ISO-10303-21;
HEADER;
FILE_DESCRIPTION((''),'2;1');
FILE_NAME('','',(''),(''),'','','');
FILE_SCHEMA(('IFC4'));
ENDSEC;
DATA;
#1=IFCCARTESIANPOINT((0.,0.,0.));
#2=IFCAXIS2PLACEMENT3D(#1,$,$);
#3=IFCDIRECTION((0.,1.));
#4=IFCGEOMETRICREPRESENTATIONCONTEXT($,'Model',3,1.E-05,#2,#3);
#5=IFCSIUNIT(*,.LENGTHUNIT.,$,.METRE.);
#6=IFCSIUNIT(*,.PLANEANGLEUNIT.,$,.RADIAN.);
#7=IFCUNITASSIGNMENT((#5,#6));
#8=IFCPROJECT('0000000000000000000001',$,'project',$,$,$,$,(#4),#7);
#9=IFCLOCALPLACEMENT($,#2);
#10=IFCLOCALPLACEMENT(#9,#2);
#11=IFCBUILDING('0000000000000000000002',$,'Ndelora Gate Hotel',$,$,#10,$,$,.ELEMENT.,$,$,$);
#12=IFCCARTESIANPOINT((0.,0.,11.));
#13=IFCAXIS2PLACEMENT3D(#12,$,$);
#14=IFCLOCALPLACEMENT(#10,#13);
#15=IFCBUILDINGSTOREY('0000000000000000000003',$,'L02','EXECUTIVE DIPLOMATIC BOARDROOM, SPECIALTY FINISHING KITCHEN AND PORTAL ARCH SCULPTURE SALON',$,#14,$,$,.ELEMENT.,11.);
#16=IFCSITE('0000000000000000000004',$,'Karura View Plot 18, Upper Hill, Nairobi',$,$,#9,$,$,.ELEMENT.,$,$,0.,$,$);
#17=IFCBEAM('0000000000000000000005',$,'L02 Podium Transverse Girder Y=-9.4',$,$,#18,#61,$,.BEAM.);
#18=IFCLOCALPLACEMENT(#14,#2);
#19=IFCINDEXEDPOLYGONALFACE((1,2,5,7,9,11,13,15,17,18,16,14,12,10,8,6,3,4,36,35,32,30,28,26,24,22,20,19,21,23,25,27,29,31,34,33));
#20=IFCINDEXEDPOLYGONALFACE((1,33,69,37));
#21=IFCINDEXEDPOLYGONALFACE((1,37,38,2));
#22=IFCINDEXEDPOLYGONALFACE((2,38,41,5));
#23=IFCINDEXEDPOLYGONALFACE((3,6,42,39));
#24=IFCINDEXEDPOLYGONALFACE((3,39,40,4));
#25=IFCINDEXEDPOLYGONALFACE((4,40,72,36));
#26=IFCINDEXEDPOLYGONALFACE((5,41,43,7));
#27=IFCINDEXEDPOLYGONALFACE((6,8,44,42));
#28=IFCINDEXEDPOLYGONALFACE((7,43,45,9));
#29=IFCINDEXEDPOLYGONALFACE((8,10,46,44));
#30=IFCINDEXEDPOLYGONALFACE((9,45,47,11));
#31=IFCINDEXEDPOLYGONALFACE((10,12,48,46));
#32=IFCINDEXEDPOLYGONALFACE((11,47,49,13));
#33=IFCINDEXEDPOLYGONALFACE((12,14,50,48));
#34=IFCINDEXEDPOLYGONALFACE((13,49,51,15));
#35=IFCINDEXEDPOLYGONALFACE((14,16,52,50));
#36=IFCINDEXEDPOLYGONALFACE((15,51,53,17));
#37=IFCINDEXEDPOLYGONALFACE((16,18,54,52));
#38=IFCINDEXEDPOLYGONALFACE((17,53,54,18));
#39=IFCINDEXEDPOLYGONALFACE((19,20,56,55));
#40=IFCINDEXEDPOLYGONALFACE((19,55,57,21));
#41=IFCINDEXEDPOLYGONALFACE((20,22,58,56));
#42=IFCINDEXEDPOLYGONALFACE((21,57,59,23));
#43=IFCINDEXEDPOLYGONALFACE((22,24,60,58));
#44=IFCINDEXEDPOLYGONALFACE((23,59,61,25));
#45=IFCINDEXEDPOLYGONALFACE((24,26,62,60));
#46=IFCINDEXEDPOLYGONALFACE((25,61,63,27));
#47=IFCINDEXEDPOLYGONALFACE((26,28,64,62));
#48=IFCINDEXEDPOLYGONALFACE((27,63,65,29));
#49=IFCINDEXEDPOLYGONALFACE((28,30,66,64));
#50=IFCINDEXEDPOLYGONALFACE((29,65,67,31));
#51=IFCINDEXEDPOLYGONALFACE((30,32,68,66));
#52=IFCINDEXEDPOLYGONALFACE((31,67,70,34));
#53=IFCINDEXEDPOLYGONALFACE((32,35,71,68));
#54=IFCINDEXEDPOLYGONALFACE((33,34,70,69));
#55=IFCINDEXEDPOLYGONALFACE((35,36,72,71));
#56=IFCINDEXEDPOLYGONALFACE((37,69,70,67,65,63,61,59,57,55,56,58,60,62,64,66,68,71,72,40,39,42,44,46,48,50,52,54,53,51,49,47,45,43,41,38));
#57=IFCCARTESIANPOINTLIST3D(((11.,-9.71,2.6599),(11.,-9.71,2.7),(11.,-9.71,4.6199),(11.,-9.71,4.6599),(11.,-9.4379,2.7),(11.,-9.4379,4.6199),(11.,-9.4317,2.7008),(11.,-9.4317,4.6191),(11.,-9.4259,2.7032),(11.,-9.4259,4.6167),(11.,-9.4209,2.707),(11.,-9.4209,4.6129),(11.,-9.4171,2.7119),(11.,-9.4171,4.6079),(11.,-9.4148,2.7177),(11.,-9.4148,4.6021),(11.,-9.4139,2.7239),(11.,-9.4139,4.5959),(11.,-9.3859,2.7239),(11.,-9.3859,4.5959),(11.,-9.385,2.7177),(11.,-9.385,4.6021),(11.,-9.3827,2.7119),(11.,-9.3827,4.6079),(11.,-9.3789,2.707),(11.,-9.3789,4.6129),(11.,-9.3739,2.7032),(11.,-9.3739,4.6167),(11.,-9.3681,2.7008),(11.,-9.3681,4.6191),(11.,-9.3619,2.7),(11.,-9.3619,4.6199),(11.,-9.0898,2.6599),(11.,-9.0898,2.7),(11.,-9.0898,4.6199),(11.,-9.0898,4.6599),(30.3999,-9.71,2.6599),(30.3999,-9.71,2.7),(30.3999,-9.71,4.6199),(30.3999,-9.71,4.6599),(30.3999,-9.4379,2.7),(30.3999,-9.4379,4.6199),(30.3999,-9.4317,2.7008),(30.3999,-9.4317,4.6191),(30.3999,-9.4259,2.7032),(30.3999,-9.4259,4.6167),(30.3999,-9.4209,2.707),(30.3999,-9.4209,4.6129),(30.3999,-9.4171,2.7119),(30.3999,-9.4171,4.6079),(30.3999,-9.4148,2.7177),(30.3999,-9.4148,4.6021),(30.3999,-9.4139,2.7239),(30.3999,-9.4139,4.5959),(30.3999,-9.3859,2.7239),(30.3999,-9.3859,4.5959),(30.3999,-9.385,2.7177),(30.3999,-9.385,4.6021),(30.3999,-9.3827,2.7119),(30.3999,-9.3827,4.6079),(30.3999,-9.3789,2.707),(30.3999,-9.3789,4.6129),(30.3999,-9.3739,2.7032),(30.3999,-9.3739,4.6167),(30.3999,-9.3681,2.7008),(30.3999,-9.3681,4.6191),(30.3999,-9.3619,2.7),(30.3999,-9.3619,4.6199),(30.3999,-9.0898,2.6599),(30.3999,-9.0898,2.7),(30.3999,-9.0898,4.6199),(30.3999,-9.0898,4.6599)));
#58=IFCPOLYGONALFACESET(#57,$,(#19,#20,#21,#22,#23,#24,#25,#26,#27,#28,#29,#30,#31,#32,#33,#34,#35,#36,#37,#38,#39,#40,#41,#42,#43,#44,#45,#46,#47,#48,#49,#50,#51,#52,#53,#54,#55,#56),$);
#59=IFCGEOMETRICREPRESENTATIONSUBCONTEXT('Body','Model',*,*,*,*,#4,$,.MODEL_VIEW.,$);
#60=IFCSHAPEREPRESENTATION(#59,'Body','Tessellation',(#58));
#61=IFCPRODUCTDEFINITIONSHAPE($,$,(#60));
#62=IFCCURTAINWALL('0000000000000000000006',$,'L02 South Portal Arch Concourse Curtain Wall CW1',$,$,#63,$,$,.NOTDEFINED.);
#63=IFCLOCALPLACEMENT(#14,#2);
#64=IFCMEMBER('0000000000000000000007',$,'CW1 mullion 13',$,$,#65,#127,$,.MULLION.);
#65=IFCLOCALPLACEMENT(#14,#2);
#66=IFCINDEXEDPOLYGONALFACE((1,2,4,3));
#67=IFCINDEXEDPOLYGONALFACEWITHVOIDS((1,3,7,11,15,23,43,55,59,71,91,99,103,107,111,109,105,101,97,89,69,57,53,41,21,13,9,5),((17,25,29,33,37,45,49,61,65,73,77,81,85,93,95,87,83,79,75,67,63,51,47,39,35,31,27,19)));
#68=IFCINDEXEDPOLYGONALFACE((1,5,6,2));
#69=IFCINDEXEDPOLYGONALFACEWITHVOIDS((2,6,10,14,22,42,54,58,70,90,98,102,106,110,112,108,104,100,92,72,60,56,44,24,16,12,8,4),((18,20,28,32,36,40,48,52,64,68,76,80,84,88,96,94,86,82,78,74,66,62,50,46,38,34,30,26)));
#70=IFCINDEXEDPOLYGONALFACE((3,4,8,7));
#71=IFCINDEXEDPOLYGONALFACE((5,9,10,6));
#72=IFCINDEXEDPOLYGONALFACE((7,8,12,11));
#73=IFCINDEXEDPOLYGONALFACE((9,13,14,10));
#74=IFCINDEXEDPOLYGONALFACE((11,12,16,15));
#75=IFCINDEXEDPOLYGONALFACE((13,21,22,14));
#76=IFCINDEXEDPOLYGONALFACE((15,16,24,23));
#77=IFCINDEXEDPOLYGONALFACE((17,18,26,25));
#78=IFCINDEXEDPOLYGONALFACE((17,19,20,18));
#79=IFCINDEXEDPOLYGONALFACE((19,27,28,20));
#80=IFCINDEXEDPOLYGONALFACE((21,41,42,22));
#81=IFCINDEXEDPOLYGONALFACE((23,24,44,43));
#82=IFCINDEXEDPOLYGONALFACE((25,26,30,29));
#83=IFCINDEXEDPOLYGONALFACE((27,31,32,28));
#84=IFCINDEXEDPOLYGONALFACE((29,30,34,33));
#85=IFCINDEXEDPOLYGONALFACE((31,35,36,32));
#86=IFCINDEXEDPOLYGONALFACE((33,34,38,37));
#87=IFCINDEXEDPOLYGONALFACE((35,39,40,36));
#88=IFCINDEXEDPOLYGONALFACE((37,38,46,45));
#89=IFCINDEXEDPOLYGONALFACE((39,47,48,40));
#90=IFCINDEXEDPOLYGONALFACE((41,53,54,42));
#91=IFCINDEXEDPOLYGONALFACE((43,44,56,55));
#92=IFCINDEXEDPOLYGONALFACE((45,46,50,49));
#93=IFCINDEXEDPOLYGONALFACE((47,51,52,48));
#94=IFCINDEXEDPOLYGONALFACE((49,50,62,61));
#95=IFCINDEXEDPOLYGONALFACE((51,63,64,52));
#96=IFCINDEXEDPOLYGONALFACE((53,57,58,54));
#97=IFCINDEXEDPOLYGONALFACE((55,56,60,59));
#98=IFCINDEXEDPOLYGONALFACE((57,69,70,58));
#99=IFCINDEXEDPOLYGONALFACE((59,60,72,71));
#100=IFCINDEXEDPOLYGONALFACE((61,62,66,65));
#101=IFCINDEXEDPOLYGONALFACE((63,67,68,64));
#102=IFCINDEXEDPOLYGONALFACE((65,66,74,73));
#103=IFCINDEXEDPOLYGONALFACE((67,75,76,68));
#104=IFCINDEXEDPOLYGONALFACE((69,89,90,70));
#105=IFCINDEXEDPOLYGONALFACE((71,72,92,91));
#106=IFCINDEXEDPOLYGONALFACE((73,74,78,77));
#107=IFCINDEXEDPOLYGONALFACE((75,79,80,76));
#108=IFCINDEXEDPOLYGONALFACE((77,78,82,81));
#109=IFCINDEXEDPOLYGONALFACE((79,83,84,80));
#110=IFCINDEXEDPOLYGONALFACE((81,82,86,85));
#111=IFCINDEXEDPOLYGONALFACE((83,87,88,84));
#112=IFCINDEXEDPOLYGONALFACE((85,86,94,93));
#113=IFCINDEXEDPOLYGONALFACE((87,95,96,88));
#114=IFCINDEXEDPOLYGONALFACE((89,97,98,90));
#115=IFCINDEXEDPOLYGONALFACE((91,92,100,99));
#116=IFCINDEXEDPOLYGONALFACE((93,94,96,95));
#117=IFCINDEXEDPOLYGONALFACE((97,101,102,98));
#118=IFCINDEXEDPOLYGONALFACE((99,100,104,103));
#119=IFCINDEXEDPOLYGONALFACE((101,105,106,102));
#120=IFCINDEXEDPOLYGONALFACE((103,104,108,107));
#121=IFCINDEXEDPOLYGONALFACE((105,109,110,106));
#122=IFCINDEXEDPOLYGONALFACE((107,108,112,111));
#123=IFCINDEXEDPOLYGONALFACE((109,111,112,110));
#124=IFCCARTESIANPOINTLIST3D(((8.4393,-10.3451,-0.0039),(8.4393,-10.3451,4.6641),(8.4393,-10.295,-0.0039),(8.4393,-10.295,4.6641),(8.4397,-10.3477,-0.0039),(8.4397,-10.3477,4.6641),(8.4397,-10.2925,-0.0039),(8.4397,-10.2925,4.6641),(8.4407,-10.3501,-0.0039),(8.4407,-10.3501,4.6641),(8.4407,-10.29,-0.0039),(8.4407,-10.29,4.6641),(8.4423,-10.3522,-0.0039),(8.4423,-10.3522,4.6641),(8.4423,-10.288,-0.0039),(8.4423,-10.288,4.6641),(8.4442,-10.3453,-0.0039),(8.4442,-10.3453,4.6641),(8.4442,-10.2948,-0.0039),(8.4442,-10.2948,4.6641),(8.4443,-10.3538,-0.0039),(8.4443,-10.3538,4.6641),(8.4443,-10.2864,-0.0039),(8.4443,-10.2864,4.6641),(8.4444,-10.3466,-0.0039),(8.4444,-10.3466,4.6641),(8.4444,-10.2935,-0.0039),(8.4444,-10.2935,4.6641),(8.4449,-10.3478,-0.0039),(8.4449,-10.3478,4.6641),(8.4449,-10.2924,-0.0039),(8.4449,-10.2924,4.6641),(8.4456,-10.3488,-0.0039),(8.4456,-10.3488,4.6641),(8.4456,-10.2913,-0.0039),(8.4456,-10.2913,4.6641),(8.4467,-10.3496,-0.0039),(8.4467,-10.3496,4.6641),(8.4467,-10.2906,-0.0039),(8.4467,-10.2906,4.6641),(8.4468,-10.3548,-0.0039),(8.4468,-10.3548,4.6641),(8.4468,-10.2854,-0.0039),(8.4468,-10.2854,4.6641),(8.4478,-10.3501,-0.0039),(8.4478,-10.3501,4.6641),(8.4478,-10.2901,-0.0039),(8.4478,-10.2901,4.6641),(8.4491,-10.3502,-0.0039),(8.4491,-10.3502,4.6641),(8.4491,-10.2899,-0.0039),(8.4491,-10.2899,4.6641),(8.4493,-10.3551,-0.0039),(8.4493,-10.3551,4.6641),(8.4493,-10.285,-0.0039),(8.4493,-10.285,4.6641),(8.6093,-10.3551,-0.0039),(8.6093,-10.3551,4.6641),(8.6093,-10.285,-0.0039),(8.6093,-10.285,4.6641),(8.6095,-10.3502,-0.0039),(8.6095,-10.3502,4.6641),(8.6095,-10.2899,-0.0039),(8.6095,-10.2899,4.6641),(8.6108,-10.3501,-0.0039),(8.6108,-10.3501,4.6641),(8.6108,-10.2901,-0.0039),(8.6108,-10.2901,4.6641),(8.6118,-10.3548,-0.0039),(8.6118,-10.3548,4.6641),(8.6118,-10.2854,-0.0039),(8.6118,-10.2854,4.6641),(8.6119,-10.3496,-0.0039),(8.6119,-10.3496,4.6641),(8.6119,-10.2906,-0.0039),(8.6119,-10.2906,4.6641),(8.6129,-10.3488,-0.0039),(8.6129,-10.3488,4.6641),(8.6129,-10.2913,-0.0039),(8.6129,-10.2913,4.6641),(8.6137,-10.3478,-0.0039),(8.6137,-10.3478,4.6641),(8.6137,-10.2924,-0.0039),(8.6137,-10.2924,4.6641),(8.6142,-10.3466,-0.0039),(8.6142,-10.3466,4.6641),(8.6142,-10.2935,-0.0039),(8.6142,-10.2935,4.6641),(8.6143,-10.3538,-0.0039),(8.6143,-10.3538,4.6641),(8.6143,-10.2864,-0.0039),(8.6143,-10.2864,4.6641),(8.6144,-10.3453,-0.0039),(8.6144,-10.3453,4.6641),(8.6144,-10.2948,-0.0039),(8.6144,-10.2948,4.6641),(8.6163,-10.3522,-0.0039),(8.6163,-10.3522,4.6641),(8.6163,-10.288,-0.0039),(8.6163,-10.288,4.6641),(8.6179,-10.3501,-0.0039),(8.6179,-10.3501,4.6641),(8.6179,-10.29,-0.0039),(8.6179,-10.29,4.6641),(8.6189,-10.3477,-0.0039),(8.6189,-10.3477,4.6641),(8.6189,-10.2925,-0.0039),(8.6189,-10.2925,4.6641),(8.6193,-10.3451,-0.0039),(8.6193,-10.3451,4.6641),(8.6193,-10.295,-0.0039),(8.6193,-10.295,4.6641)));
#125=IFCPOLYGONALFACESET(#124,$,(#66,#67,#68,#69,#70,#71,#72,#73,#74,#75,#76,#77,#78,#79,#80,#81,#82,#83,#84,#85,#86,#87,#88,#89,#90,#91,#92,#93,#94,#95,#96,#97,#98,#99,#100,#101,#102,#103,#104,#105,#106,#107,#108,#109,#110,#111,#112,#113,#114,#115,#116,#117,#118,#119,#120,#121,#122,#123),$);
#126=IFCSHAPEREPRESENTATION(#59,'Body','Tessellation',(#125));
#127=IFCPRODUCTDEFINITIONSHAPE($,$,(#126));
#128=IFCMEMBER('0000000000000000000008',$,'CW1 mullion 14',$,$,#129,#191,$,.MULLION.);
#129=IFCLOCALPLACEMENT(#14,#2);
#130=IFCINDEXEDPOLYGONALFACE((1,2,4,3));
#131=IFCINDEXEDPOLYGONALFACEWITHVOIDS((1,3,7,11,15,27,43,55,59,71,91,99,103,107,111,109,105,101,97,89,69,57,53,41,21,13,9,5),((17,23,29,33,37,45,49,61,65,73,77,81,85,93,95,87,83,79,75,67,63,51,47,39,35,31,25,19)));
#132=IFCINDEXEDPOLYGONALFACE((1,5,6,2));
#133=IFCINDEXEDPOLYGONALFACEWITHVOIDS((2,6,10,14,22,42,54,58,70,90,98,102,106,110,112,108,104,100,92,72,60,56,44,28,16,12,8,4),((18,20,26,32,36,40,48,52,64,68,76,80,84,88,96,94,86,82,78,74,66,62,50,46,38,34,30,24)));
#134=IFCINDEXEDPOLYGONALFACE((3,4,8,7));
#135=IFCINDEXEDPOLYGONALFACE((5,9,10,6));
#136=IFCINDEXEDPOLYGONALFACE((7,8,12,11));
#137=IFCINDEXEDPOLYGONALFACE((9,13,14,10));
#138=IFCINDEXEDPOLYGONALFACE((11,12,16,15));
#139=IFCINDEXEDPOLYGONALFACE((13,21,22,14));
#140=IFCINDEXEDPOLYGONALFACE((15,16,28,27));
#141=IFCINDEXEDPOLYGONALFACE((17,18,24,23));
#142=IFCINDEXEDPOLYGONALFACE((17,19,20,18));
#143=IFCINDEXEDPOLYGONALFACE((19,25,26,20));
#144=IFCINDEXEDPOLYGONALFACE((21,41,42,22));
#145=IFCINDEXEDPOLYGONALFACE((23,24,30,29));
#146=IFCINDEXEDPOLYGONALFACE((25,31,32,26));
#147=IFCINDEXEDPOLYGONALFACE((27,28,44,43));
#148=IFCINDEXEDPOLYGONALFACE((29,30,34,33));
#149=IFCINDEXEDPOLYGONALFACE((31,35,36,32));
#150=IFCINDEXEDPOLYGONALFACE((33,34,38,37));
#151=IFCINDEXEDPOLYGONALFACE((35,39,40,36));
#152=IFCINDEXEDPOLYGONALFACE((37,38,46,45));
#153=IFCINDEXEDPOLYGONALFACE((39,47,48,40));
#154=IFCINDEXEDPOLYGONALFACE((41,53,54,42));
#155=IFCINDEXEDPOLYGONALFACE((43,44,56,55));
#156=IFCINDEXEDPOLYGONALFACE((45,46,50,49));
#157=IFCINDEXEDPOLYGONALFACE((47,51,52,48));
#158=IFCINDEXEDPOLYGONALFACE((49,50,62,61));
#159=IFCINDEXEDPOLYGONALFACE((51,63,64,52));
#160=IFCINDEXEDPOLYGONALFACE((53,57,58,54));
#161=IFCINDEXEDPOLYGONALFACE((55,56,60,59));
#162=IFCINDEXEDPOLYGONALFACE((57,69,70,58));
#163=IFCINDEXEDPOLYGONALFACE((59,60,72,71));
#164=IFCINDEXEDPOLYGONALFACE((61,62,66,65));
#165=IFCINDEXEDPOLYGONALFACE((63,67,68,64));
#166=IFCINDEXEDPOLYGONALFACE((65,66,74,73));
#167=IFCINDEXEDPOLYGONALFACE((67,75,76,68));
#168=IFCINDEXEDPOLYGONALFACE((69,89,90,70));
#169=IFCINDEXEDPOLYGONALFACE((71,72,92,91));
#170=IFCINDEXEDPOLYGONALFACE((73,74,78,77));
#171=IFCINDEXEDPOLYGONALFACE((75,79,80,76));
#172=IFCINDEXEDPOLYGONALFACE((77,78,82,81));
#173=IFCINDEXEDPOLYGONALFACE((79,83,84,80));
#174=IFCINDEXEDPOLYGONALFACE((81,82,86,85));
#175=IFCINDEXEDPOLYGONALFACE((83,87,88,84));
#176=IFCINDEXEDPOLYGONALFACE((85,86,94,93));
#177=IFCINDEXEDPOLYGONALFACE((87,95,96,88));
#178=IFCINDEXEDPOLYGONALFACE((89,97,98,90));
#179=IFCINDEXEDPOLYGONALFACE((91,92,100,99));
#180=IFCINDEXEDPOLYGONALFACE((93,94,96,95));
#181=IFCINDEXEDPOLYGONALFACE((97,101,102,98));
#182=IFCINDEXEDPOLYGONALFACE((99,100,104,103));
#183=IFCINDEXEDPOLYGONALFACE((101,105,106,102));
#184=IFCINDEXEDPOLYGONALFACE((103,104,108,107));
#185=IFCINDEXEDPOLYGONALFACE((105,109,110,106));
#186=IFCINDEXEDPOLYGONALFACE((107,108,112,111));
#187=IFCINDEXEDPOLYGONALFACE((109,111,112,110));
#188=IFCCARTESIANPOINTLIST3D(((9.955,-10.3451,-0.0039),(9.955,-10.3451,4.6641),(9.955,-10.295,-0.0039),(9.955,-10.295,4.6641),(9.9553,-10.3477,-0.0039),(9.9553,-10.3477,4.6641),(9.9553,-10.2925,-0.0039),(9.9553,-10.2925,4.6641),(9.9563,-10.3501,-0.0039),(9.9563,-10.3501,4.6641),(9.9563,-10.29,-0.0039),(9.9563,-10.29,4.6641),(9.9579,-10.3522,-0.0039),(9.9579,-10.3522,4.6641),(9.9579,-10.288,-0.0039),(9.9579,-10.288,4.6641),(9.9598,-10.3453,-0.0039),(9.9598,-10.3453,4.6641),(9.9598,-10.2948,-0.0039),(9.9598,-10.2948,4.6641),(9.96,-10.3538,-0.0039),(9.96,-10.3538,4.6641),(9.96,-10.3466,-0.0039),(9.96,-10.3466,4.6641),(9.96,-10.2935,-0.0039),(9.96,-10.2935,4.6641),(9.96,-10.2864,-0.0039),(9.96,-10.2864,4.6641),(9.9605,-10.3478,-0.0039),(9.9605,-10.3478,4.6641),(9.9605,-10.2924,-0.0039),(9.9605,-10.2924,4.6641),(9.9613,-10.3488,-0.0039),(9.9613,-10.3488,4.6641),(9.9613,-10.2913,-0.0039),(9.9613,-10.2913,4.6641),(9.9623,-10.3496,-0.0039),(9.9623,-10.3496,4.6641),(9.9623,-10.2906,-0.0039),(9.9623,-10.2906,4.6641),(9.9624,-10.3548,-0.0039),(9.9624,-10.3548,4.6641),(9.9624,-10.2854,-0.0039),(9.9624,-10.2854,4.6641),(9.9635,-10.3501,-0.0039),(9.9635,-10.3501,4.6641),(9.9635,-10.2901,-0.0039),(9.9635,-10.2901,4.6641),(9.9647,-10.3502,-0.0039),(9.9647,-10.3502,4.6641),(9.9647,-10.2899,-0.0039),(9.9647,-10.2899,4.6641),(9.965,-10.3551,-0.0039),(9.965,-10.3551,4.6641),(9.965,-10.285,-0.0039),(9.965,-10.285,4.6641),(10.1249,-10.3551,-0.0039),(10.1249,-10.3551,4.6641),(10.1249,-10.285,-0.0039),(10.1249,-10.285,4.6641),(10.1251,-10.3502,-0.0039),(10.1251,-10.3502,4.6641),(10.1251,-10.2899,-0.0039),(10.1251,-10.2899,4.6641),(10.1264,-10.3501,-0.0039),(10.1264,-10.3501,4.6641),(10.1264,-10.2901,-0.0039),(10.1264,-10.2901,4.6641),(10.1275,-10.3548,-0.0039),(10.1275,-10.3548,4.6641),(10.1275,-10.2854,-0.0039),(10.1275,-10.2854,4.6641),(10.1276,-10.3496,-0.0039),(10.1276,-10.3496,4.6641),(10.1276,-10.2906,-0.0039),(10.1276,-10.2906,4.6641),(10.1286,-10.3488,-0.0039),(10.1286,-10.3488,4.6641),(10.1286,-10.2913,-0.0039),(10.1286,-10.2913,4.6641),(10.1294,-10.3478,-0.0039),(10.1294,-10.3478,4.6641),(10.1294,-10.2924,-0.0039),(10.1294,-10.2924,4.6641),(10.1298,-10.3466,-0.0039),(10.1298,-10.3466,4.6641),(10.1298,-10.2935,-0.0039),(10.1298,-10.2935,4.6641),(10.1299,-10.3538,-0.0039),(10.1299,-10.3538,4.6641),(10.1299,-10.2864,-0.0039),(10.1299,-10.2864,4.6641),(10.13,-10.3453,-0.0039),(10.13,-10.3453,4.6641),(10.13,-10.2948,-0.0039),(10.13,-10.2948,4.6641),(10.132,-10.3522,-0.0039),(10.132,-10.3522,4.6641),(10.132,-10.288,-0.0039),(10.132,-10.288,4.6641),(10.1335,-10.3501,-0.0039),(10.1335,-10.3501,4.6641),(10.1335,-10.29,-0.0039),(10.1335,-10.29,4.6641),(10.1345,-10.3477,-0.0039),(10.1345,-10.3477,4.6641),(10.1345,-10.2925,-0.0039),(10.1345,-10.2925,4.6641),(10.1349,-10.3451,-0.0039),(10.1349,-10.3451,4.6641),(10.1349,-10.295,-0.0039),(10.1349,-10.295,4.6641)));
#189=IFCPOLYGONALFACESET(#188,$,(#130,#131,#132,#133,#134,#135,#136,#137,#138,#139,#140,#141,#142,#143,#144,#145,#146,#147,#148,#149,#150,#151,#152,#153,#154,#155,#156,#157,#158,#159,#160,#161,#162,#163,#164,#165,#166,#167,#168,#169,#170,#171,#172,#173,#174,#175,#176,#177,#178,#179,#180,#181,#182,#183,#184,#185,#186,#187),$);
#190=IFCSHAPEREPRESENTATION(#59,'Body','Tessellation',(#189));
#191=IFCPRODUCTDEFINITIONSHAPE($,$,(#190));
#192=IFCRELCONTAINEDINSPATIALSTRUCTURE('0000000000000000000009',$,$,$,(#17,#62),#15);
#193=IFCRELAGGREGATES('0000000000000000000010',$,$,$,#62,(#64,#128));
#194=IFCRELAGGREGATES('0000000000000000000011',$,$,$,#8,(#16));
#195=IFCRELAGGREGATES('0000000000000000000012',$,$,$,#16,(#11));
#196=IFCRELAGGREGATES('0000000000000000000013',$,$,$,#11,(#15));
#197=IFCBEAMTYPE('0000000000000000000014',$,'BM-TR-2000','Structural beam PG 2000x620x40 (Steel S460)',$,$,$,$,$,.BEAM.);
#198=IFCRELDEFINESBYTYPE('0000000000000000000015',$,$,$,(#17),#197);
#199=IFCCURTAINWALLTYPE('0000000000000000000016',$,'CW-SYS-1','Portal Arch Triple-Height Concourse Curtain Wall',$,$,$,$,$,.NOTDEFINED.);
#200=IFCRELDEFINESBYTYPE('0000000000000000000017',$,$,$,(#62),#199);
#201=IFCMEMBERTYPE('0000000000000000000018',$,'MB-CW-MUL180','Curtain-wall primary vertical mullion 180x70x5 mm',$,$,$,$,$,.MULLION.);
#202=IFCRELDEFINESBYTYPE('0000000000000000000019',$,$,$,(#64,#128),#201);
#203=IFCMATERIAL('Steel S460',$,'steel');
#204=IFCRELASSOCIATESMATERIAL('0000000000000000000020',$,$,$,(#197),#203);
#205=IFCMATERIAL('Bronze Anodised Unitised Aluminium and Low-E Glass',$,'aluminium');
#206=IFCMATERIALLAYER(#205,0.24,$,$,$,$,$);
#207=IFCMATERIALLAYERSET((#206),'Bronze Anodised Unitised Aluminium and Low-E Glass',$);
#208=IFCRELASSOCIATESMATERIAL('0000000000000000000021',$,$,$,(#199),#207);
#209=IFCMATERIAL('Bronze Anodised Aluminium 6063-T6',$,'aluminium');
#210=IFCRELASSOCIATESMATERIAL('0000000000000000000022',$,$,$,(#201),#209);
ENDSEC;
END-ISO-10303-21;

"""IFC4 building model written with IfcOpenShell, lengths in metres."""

from ifc_helpers import new_model, si_unit, direction, frame, origin, origin_2d, place, context, subcontext, project, spatial, hollow_rectangle, i_section, extrude, material, layer, layer_set, material_profile, profile_set, type_object, element, aggregate, save


model = new_model("IFC4")

# Units and contexts
model_context = context("Model", 3, precision=1e-05, world=origin(), true_north=direction((0.0, 1.0)))
body_context = subcontext(model_context, "Body", "Model", "MODEL_VIEW")
ifc_project = project(units=[si_unit("LENGTHUNIT", "METRE"), si_unit("PLANEANGLEUNIT", "RADIAN")], contexts=[model_context])

# Site, building, storey
site_placement = place(None, origin())
site = spatial("IfcSite", under=ifc_project, at=site_placement, Name="Karura View Plot 18, Upper Hill, Nairobi", CompositionType="ELEMENT", RefElevation=0.0)
building_placement = place(site_placement, origin())
building = spatial("IfcBuilding", under=site, at=building_placement, Name="Ndelora Gate Hotel", CompositionType="ELEMENT")
storey_placement = place(building_placement, frame((0.0, 0.0, 11.0)))
storey = spatial("IfcBuildingStorey", under=building, at=storey_placement, Name="L02", Description="EXECUTIVE DIPLOMATIC BOARDROOM, SPECIALTY FINISHING KITCHEN AND PORTAL ARCH SCULPTURE SALON", CompositionType="ELEMENT", Elevation=11.0)

# Beam
ifc_material_1 = material(Name="Steel S460", Category="steel")
ifc_material_profile_1 = material_profile(ifc_material_1, i_section(OverallWidth=0.6201, OverallDepth=2.0, WebThickness=0.0281, FlangeThickness=0.04, FilletRadius=0.0239, at=origin_2d()), Name="PG 2000x620x40")
ifc_profile_set_1 = profile_set([ifc_material_profile_1], Name="Steel S460")
beam_type_1 = type_object("IfcBeamType", Name="BM-TR-2000", Description="Structural beam PG 2000x620x40 (Steel S460)", PredefinedType="BEAM", material=ifc_profile_set_1)
beam_1_placement = place(storey_placement, frame((11.0, -9.3999, 3.6599), z_axis=(1.0, 0.0, 0.0), x_axis=(0.0, 1.0, 0.0)))
element("IfcBeam", 1, at=beam_1_placement, inside=storey, type_object=beam_type_1, Name="L02 Podium Transverse Girder Y=-9.4", PredefinedType="BEAM", context=body_context, shape_type="SweptSolid", body=[
    extrude(i_section(OverallWidth=0.6201, OverallDepth=2.0, WebThickness=0.0281, FlangeThickness=0.04, FilletRadius=0.0239, at=origin_2d()), origin(), (0.0, 0.0, 1.0), 19.3999),
])

# Curtain wall, members
ifc_material_2 = material(Name="Bronze Anodised Unitised Aluminium and Low-E Glass", Category="aluminium")
ifc_layer_1 = layer(ifc_material_2, 0.24)
ifc_layer_set_1 = layer_set([ifc_layer_1], Name="Bronze Anodised Unitised Aluminium and Low-E Glass")
curtain_wall_type = type_object("IfcCurtainWallType", Name="CW-SYS-1", Description="Portal Arch Triple-Height Concourse Curtain Wall", PredefinedType="NOTDEFINED", material=ifc_layer_set_1)
curtain_wall_placement = place(storey_placement, origin())
curtain_wall = element("IfcCurtainWall", 2, at=curtain_wall_placement, inside=storey, type_object=curtain_wall_type, Name="L02 South Portal Arch Concourse Curtain Wall CW1", PredefinedType="NOTDEFINED")
ifc_material_3 = material(Name="Bronze Anodised Aluminium 6063-T6", Category="aluminium")
ifc_material_profile_2 = material_profile(ifc_material_3, hollow_rectangle(XDim=0.0701, YDim=0.1799, WallThickness=0.0049, InnerFilletRadius=0.0049, OuterFilletRadius=0.01, at=origin_2d()), Name="ALU 180x70x5")
ifc_profile_set_2 = profile_set([ifc_material_profile_2], Name="Bronze Anodised Aluminium 6063-T6")
member_type_1 = type_object("IfcMemberType", Name="MB-CW-MUL180", Description="Curtain-wall primary vertical mullion 180x70x5 mm", PredefinedType="MULLION", material=ifc_profile_set_2)
member_1_placement = place(storey_placement, frame((8.5293, -10.3201, -0.0039), z_axis=(0.0, 0.0, 1.0), x_axis=(0.0, 1.0, 0.0)))
member_1 = element("IfcMember", 3, at=member_1_placement, type_object=member_type_1, Name="CW1 mullion 13", PredefinedType="MULLION", context=body_context, shape_type="SweptSolid", body=[
    extrude(hollow_rectangle(XDim=0.0701, YDim=0.1799, WallThickness=0.0049, InnerFilletRadius=0.0049, OuterFilletRadius=0.01, at=origin_2d()), origin(), (0.0, 0.0, 1.0), 4.668),
])
member_2_placement = place(storey_placement, frame((10.0449, -10.3201, -0.0039), z_axis=(0.0, 0.0, 1.0), x_axis=(0.0, 1.0, 0.0)))
member_2 = element("IfcMember", 4, at=member_2_placement, type_object=member_type_1, Name="CW1 mullion 14", PredefinedType="MULLION", context=body_context, shape_type="SweptSolid", body=[
    extrude(hollow_rectangle(XDim=0.0701, YDim=0.1799, WallThickness=0.0049, InnerFilletRadius=0.0049, OuterFilletRadius=0.01, at=origin_2d()), origin(), (0.0, 0.0, 1.0), 4.668),
])
aggregate(curtain_wall, [member_1, member_2])

save(model, "model.ifc")
